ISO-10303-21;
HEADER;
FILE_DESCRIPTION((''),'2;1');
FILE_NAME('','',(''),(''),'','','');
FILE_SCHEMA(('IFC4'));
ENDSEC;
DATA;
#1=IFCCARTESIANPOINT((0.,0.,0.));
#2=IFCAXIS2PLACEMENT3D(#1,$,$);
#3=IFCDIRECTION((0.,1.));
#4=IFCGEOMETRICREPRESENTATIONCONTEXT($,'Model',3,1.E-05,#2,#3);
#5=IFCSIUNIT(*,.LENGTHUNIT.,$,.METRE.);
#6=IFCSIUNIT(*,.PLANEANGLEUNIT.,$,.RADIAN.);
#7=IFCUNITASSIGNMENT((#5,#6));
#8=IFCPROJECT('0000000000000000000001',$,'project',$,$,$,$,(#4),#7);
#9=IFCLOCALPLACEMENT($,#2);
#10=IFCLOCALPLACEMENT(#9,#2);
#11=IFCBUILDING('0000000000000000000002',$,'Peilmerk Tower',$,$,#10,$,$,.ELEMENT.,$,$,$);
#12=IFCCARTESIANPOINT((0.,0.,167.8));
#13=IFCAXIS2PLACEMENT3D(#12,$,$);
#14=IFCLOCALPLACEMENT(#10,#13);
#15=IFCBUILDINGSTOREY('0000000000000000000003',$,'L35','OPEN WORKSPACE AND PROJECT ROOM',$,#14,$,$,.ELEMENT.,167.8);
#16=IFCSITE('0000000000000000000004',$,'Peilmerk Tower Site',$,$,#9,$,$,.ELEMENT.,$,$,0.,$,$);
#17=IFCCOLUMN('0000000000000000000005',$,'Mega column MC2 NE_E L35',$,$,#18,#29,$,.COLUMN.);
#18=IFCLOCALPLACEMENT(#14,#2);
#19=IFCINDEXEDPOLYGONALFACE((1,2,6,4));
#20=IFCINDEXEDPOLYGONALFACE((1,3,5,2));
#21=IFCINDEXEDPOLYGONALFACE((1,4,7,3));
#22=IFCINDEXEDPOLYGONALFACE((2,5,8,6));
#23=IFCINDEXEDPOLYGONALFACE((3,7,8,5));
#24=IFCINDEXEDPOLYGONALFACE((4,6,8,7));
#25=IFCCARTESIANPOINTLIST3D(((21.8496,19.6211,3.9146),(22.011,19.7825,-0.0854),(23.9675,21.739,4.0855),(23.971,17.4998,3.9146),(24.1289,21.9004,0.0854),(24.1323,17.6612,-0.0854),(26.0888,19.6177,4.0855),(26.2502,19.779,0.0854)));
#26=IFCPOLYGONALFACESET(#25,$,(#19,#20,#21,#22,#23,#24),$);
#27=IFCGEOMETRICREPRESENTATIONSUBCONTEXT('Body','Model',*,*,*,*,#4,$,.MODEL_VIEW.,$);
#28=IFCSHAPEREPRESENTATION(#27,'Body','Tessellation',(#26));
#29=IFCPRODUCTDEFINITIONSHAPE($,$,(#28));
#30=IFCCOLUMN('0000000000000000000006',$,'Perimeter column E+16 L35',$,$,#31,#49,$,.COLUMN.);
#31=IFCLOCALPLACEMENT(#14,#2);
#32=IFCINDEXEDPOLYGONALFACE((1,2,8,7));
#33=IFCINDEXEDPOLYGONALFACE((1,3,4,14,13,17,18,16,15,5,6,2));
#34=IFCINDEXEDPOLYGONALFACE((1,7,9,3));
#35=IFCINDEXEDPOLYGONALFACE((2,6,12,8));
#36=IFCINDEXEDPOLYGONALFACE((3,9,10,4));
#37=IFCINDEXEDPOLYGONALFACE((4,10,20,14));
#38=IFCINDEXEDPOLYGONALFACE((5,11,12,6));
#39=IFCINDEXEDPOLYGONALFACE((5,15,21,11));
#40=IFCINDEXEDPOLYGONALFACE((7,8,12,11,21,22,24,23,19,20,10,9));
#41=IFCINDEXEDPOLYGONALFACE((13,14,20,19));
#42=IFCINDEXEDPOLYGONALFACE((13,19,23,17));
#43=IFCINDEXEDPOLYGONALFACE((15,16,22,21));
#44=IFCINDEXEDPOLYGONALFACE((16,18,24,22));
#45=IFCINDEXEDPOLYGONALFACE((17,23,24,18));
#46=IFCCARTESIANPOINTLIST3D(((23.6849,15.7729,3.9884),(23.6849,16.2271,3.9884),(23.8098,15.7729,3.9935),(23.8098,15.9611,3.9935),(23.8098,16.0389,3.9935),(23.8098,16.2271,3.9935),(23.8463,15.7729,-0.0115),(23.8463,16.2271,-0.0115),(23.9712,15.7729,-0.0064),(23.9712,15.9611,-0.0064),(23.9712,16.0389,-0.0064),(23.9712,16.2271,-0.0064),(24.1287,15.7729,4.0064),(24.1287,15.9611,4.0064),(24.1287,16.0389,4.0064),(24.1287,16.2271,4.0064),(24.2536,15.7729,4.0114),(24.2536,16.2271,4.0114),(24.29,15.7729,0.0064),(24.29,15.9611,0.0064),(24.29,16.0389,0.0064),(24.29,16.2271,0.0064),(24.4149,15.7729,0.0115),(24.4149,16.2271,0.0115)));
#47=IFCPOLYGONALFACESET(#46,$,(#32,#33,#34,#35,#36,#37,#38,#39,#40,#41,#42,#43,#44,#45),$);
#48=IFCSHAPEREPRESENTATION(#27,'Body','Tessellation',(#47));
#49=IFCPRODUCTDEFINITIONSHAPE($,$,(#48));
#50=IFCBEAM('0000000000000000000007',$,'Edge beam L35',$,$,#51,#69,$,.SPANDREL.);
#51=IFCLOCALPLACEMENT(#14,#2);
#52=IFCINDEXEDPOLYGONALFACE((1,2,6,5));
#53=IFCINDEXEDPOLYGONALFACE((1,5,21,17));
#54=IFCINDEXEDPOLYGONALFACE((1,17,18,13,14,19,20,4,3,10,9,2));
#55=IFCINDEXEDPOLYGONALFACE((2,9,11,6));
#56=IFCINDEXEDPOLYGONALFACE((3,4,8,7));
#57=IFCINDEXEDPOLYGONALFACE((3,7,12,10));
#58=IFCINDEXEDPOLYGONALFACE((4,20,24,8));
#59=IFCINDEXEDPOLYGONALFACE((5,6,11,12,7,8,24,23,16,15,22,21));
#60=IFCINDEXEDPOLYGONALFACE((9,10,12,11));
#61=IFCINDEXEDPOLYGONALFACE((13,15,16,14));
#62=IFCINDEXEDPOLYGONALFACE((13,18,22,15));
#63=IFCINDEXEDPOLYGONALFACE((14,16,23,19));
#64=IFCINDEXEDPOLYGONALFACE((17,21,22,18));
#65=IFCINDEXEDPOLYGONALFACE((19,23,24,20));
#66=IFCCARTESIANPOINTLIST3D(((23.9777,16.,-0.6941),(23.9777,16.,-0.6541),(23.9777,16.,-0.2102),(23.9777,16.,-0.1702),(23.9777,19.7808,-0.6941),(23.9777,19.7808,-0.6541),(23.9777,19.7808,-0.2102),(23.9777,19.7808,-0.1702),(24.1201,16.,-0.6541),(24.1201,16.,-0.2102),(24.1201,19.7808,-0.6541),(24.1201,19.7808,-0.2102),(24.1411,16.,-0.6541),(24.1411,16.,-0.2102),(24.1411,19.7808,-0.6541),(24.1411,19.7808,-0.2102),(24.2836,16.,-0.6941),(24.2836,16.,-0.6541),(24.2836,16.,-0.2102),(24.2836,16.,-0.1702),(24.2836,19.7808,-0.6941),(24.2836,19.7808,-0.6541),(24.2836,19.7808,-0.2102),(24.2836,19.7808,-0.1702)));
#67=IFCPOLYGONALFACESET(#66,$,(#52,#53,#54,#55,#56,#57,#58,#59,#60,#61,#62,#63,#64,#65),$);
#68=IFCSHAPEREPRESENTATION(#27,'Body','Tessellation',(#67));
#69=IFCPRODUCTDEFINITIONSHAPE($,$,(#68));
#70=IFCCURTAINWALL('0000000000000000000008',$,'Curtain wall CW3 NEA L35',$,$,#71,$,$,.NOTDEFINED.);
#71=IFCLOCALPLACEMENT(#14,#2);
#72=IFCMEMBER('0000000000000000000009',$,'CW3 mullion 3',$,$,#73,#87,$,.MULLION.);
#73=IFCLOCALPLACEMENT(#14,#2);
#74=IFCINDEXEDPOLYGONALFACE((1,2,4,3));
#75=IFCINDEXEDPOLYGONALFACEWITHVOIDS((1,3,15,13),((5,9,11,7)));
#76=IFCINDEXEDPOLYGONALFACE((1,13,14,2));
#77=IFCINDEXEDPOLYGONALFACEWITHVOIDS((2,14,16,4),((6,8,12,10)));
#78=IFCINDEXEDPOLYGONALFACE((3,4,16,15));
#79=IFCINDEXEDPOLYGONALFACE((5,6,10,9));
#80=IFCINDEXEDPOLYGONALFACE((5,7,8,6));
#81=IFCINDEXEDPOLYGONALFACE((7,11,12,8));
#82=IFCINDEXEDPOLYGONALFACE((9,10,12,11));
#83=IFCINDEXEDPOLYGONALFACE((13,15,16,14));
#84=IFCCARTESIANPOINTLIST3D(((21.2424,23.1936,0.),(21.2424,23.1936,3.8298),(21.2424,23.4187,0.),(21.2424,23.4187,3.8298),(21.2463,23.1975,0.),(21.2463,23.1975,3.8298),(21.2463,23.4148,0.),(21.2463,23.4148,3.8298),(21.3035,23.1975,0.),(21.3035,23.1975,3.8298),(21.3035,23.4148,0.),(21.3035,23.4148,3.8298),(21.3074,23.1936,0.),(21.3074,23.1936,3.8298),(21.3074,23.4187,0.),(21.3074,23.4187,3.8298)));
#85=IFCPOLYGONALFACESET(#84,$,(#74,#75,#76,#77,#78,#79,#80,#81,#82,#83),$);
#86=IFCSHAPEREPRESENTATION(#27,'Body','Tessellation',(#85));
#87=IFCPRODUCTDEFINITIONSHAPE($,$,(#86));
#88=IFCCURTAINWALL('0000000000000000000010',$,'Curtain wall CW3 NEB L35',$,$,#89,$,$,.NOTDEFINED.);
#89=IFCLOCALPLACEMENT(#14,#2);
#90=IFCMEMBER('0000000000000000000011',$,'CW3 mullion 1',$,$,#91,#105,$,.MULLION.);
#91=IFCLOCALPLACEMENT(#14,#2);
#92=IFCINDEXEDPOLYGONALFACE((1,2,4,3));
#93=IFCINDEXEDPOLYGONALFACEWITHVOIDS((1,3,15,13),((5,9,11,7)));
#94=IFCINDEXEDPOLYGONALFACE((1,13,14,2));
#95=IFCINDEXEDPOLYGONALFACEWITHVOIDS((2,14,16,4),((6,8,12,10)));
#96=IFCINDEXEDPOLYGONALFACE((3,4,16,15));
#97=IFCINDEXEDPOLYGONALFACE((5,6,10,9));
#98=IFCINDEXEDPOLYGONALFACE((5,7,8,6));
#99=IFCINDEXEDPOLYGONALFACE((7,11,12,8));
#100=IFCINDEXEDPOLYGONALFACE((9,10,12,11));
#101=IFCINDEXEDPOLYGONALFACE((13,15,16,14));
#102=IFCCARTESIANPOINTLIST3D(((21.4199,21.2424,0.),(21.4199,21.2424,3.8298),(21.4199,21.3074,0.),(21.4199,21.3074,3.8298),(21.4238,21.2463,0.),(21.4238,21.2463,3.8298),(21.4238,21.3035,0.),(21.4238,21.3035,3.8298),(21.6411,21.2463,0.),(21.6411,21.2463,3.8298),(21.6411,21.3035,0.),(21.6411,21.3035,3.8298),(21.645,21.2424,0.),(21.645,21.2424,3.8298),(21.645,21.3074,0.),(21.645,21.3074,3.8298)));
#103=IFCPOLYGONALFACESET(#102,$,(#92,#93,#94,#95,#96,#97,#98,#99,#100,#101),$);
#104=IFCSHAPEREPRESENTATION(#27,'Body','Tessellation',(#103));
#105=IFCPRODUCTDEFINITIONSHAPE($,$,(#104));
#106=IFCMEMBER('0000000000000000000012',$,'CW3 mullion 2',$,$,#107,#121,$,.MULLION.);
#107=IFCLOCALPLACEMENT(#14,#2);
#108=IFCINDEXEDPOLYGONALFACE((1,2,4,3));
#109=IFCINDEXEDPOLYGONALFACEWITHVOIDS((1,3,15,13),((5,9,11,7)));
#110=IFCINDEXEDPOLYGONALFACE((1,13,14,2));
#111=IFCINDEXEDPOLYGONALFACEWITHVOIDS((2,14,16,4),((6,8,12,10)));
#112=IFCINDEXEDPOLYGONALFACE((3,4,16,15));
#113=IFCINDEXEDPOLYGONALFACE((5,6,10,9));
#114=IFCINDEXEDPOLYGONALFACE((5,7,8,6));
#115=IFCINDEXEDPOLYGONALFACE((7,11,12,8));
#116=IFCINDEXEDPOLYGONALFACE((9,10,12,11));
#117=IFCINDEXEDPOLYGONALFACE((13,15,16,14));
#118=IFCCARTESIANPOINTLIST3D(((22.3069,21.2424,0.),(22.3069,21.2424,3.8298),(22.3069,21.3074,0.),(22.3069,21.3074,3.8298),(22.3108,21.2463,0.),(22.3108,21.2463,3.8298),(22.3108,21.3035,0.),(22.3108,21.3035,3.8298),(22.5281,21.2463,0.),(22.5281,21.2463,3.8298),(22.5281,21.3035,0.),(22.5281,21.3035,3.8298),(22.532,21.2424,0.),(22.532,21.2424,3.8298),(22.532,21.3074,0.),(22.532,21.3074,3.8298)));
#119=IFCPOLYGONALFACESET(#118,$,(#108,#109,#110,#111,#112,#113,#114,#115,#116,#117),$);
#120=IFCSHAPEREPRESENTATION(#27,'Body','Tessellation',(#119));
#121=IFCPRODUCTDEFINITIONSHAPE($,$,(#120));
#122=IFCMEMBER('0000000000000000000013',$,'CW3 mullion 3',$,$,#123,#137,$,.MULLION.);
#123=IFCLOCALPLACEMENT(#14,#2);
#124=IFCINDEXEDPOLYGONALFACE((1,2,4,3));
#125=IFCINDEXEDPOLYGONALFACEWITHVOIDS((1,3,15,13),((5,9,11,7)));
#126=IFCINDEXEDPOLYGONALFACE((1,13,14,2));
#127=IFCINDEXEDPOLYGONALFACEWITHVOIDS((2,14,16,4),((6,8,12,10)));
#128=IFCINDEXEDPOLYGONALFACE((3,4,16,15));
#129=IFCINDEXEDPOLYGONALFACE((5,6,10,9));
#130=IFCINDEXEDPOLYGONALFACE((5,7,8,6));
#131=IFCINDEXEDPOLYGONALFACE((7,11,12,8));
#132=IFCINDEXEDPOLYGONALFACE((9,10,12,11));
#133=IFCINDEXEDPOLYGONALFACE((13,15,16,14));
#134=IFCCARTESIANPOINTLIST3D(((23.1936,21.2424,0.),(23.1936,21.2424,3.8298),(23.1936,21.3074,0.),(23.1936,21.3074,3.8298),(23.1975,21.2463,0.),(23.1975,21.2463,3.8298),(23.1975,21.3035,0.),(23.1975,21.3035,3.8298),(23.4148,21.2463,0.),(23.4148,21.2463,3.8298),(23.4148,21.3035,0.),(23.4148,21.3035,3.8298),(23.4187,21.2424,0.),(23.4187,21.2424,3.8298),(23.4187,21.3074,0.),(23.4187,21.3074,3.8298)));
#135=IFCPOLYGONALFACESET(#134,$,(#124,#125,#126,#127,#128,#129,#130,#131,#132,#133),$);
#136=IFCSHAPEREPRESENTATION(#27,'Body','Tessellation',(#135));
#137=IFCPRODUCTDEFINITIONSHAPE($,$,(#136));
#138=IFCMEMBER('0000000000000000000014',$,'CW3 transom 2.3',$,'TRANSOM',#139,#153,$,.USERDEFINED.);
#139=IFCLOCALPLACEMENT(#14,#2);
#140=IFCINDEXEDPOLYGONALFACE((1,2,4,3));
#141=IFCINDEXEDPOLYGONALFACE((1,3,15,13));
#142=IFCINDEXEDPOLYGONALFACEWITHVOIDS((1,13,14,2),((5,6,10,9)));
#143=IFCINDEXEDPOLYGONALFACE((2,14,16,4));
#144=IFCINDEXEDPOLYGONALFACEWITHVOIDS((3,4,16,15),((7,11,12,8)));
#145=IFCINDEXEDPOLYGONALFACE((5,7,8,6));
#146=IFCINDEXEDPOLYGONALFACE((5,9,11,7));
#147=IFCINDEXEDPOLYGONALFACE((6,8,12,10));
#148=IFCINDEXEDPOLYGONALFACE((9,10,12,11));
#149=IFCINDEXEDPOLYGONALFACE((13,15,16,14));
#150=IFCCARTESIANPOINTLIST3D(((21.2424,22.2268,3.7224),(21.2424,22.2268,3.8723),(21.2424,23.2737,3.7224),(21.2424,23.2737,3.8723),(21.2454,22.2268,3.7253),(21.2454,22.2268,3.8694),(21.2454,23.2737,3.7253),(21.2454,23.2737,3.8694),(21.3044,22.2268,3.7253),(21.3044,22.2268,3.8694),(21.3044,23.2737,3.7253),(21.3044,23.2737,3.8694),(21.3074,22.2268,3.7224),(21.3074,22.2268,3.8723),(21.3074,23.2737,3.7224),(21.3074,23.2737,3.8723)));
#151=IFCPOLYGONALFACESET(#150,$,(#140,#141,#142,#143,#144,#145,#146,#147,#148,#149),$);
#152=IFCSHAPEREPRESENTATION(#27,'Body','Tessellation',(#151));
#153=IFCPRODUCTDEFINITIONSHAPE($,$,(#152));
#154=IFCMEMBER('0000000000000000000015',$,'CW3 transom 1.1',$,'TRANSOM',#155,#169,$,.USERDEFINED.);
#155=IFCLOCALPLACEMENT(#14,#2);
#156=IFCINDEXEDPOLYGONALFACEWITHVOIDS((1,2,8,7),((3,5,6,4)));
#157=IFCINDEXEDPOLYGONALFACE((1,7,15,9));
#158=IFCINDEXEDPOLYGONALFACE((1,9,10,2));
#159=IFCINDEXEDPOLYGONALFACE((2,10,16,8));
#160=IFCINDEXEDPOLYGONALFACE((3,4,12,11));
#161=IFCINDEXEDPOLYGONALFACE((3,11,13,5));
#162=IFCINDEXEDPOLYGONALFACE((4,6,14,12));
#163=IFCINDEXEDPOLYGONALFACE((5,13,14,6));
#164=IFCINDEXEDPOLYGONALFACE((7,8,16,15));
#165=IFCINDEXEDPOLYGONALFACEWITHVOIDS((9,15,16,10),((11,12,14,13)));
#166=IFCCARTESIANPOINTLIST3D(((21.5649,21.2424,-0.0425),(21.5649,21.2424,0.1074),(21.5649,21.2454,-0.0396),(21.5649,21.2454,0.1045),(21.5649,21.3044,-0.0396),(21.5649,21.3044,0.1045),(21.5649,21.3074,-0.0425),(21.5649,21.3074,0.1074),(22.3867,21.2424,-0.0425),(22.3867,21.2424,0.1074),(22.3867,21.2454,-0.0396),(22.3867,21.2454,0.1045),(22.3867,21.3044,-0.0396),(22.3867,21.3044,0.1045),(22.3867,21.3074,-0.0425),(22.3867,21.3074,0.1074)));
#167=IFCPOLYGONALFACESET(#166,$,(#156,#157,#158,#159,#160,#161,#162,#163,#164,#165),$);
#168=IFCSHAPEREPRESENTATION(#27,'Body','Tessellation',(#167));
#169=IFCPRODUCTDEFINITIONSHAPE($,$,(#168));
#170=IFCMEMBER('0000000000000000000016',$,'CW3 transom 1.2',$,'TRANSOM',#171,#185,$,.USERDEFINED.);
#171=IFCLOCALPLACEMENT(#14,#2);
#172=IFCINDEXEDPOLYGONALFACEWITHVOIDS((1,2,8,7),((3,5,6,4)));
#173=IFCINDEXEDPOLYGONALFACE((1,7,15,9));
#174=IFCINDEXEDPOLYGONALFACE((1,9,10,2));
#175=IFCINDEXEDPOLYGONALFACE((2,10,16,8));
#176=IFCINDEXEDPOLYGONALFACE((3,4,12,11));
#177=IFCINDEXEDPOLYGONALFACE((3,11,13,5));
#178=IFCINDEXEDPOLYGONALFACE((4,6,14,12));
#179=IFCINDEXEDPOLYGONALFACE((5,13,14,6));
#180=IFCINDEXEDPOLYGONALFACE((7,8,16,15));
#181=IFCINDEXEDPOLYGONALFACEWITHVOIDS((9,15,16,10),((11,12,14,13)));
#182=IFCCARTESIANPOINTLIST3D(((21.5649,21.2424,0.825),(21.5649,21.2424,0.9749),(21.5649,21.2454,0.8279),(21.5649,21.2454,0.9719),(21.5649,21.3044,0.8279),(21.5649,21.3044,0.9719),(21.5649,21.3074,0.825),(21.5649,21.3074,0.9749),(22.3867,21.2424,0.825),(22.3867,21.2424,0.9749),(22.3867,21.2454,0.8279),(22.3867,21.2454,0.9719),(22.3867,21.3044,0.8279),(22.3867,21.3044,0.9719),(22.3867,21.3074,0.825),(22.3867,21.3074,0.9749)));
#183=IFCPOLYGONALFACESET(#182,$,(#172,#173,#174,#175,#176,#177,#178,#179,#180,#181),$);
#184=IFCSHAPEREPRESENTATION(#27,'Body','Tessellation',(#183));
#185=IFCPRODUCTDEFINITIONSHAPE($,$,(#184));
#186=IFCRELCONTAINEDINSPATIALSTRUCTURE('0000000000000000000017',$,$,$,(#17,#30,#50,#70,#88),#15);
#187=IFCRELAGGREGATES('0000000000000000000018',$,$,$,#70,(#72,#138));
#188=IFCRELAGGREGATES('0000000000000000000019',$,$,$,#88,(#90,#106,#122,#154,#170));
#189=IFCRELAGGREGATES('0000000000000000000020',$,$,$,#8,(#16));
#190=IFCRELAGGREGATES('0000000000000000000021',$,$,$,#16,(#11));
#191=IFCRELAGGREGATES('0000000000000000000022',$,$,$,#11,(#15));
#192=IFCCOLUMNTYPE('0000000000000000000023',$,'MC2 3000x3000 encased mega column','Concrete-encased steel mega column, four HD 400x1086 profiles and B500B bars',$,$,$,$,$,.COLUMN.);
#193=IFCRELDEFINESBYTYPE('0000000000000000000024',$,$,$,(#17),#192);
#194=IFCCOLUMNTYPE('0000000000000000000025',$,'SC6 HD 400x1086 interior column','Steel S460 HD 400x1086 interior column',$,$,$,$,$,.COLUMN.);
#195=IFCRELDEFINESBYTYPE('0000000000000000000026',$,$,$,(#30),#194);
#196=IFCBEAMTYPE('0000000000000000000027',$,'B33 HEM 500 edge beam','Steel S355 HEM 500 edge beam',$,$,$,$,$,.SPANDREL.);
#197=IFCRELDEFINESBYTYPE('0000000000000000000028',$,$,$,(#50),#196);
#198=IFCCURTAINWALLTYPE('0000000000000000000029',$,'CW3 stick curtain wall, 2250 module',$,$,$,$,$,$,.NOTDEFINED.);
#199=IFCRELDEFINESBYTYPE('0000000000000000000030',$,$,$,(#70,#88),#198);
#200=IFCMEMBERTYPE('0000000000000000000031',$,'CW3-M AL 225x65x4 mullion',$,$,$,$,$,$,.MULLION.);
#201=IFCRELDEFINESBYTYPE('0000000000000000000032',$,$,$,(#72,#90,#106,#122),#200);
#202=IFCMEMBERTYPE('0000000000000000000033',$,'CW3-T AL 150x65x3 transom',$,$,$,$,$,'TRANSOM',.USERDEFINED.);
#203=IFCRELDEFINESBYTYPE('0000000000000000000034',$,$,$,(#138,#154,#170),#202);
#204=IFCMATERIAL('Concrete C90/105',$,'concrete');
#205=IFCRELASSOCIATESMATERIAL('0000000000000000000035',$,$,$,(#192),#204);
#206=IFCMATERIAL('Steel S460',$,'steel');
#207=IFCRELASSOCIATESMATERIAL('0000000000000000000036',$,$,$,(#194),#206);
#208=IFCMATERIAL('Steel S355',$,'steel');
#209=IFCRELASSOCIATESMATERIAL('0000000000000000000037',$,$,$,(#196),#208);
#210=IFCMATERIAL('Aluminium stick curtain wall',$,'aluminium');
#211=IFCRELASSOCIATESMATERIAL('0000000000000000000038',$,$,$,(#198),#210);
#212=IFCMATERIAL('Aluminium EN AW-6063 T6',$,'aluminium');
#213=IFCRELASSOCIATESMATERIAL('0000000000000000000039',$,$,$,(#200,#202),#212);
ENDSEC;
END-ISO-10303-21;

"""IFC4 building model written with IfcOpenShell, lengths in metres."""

from ifc_helpers import new_model, si_unit, direction, frame, origin, origin_2d, place, context, subcontext, project, spatial, rectangle, hollow_rectangle, i_section, extrude, material, material_profile, profile_set, type_object, element, aggregate, save


model = new_model("IFC4")

# Units and contexts
model_context = context("Model", 3, precision=1e-05, world=origin(), true_north=direction((0.0, 1.0)))
body_context = subcontext(model_context, "Body", "Model", "MODEL_VIEW")
ifc_project = project(units=[si_unit("LENGTHUNIT", "METRE"), si_unit("PLANEANGLEUNIT", "RADIAN")], contexts=[model_context])

# Site, building, storey
site_placement = place(None, origin())
site = spatial("IfcSite", under=ifc_project, at=site_placement, Name="Peilmerk Tower Site", CompositionType="ELEMENT", RefElevation=0.0)
building_placement = place(site_placement, origin())
building = spatial("IfcBuilding", under=site, at=building_placement, Name="Peilmerk Tower", CompositionType="ELEMENT")
storey_placement = place(building_placement, frame((0.0, 0.0, 167.8)))
storey = spatial("IfcBuildingStorey", under=building, at=storey_placement, Name="L35", Description="OPEN WORKSPACE AND PROJECT ROOM", CompositionType="ELEMENT", Elevation=167.8)

# Columns
ifc_material_1 = material(Name="Concrete C90/105", Category="concrete")
ifc_material_profile_1 = material_profile(ifc_material_1, rectangle(XDim=3.0, YDim=3.0, at=origin_2d()), Name="RC 3000x3000")
ifc_profile_set_1 = profile_set([ifc_material_profile_1], Name="Concrete C90/105")
column_type_1 = type_object("IfcColumnType", Name="MC2 3000x3000 encased mega column", Description="Concrete-encased steel mega column, four HD 400x1086 profiles and B500B bars", PredefinedType="COLUMN", material=ifc_profile_set_1)
column_1_placement = place(storey_placement, frame((24.1306, 19.7808, 0.0), z_axis=(-0.040279, -0.040279, 0.998376), x_axis=(0.707107, -0.707107, 0.0)))
element("IfcColumn", 1, at=column_1_placement, inside=storey, type_object=column_type_1, Name="Mega column MC2 NE_E L35", PredefinedType="COLUMN", context=body_context, shape_type="SweptSolid", body=[
    extrude(rectangle(XDim=3.0, YDim=3.0, at=origin_2d()), origin(), (0.0, 0.0, 1.0), 4.0066),
])
ifc_material_2 = material(Name="Steel S460", Category="steel")
ifc_material_profile_2 = material_profile(ifc_material_2, i_section(OverallWidth=0.4541, OverallDepth=0.5691, WebThickness=0.0779, FlangeThickness=0.125, at=origin_2d()), Name="HD 400x1086")
ifc_profile_set_2 = profile_set([ifc_material_profile_2], Name="Steel S460")
column_type_2 = type_object("IfcColumnType", Name="SC6 HD 400x1086 interior column", Description="Steel S460 HD 400x1086 interior column", PredefinedType="COLUMN", material=ifc_profile_set_2)
column_2_placement = place(storey_placement, frame((24.1306, 16.0, 0.0), z_axis=(-0.040311, 0.0, 0.999187), x_axis=(0.0, -1.0, 0.0)))
element("IfcColumn", 2, at=column_2_placement, inside=storey, type_object=column_type_2, Name="Perimeter column E+16 L35", PredefinedType="COLUMN", context=body_context, shape_type="SweptSolid", body=[
    extrude(i_section(OverallWidth=0.4541, OverallDepth=0.5691, WebThickness=0.0779, FlangeThickness=0.125, at=origin_2d()), origin(), (0.0, 0.0, 1.0), 4.0032),
])

# Beam
ifc_material_3 = material(Name="Steel S355", Category="steel")
ifc_material_profile_3 = material_profile(ifc_material_3, i_section(OverallWidth=0.3059, OverallDepth=0.5239, WebThickness=0.021, FlangeThickness=0.04, at=origin_2d()), Name="HEM 500")
ifc_profile_set_3 = profile_set([ifc_material_profile_3], Name="Steel S355")
beam_type = type_object("IfcBeamType", Name="B33 HEM 500 edge beam", Description="Steel S355 HEM 500 edge beam", PredefinedType="SPANDREL", material=ifc_profile_set_3)
beam_placement = place(storey_placement, frame((24.1306, 16.0, -0.4321), z_axis=(0.0, 1.0, 0.0), x_axis=(-1.0, 0.0, 0.0)))
element("IfcBeam", 3, at=beam_placement, inside=storey, type_object=beam_type, Name="Edge beam L35", PredefinedType="SPANDREL", context=body_context, shape_type="SweptSolid", body=[
    extrude(i_section(OverallWidth=0.3059, OverallDepth=0.5239, WebThickness=0.021, FlangeThickness=0.04, at=origin_2d()), origin(), (0.0, 0.0, 1.0), 3.7808),
])

# Curtain wall, member
ifc_material_4 = material(Name="Aluminium stick curtain wall", Category="aluminium")
curtain_wall_type = type_object("IfcCurtainWallType", Name="CW3 stick curtain wall, 2250 module", PredefinedType="NOTDEFINED", material=ifc_material_4)
curtain_wall_1_placement = place(storey_placement, origin())
curtain_wall_1 = element("IfcCurtainWall", 4, at=curtain_wall_1_placement, inside=storey, type_object=curtain_wall_type, Name="Curtain wall CW3 NEA L35", PredefinedType="NOTDEFINED")
ifc_material_5 = material(Name="Aluminium EN AW-6063 T6", Category="aluminium")
ifc_material_profile_4 = material_profile(ifc_material_5, hollow_rectangle(XDim=0.0649, YDim=0.2251, WallThickness=0.0039, at=origin_2d()), Name="AL 225x65x4")
ifc_profile_set_4 = profile_set([ifc_material_profile_4], Name="Aluminium EN AW-6063 T6")
member_type_1 = type_object("IfcMemberType", Name="CW3-M AL 225x65x4 mullion", PredefinedType="MULLION", material=ifc_profile_set_4)
member_1_placement = place(storey_placement, frame((21.2749, 23.3062, 0.0), z_axis=(0.0, 0.0, 1.0), x_axis=(-1.0, 0.0, 0.0)))
member_1 = element("IfcMember", 5, at=member_1_placement, type_object=member_type_1, Name="CW3 mullion 3", PredefinedType="MULLION", context=body_context, shape_type="SweptSolid", body=[
    extrude(hollow_rectangle(XDim=0.0649, YDim=0.2251, WallThickness=0.0039, at=origin_2d()), origin(), (0.0, 0.0, 1.0), 3.8298),
])

# Curtain wall, members
curtain_wall_2_placement = place(storey_placement, origin())
curtain_wall_2 = element("IfcCurtainWall", 6, at=curtain_wall_2_placement, inside=storey, type_object=curtain_wall_type, Name="Curtain wall CW3 NEB L35", PredefinedType="NOTDEFINED")
member_2_placement = place(storey_placement, frame((21.5325, 21.2749, 0.0), z_axis=(0.0, 0.0, 1.0), x_axis=(0.0, 1.0, 0.0)))
member_2 = element("IfcMember", 7, at=member_2_placement, type_object=member_type_1, Name="CW3 mullion 1", PredefinedType="MULLION", context=body_context, shape_type="SweptSolid", body=[
    extrude(hollow_rectangle(XDim=0.0649, YDim=0.2251, WallThickness=0.0039, at=origin_2d()), origin(), (0.0, 0.0, 1.0), 3.8298),
])
member_3_placement = place(storey_placement, frame((22.4194, 21.2749, 0.0), z_axis=(0.0, 0.0, 1.0), x_axis=(0.0, 1.0, 0.0)))
member_3 = element("IfcMember", 8, at=member_3_placement, type_object=member_type_1, Name="CW3 mullion 2", PredefinedType="MULLION", context=body_context, shape_type="SweptSolid", body=[
    extrude(hollow_rectangle(XDim=0.0649, YDim=0.2251, WallThickness=0.0039, at=origin_2d()), origin(), (0.0, 0.0, 1.0), 3.8298),
])
member_4_placement = place(storey_placement, frame((23.3062, 21.2749, 0.0), z_axis=(0.0, 0.0, 1.0), x_axis=(0.0, 1.0, 0.0)))
member_4 = element("IfcMember", 9, at=member_4_placement, type_object=member_type_1, Name="CW3 mullion 3", PredefinedType="MULLION", context=body_context, shape_type="SweptSolid", body=[
    extrude(hollow_rectangle(XDim=0.0649, YDim=0.2251, WallThickness=0.0039, at=origin_2d()), origin(), (0.0, 0.0, 1.0), 3.8298),
])

# Members
ifc_material_profile_5 = material_profile(ifc_material_5, hollow_rectangle(XDim=0.0649, YDim=0.1499, WallThickness=0.0029, at=origin_2d()), Name="AL 150x65x3")
ifc_profile_set_5 = profile_set([ifc_material_profile_5], Name="Aluminium EN AW-6063 T6")
member_type_2 = type_object("IfcMemberType", Name="CW3-T AL 150x65x3 transom", ElementType="TRANSOM", PredefinedType="USERDEFINED", material=ifc_profile_set_5)
member_5_placement = place(storey_placement, frame((21.2749, 22.2268, 3.7974), z_axis=(0.0, 1.0, 0.0), x_axis=(-1.0, 0.0, 0.0)))
member_5 = element("IfcMember", 10, at=member_5_placement, type_object=member_type_2, Name="CW3 transom 2.3", ObjectType="TRANSOM", PredefinedType="USERDEFINED", context=body_context, shape_type="SweptSolid", body=[
    extrude(hollow_rectangle(XDim=0.0649, YDim=0.1499, WallThickness=0.0029, at=origin_2d()), origin(), (0.0, 0.0, 1.0), 1.0469),
])
member_6_placement = place(storey_placement, frame((21.5649, 21.2749, 0.0325), z_axis=(1.0, 0.0, 0.0), x_axis=(0.0, 1.0, 0.0)))
member_6 = element("IfcMember", 11, at=member_6_placement, type_object=member_type_2, Name="CW3 transom 1.1", ObjectType="TRANSOM", PredefinedType="USERDEFINED", context=body_context, shape_type="SweptSolid", body=[
    extrude(hollow_rectangle(XDim=0.0649, YDim=0.1499, WallThickness=0.0029, at=origin_2d()), origin(), (0.0, 0.0, 1.0), 0.8218),
])
member_7_placement = place(storey_placement, frame((21.5649, 21.2749, 0.8999), z_axis=(1.0, 0.0, 0.0), x_axis=(0.0, 1.0, 0.0)))
member_7 = element("IfcMember", 12, at=member_7_placement, type_object=member_type_2, Name="CW3 transom 1.2", ObjectType="TRANSOM", PredefinedType="USERDEFINED", context=body_context, shape_type="SweptSolid", body=[
    extrude(hollow_rectangle(XDim=0.0649, YDim=0.1499, WallThickness=0.0029, at=origin_2d()), origin(), (0.0, 0.0, 1.0), 0.8218),
])

aggregate(curtain_wall_1, [member_1, member_5])
aggregate(curtain_wall_2, [member_2, member_3, member_4, member_6, member_7])

save(model, "model.ifc")
